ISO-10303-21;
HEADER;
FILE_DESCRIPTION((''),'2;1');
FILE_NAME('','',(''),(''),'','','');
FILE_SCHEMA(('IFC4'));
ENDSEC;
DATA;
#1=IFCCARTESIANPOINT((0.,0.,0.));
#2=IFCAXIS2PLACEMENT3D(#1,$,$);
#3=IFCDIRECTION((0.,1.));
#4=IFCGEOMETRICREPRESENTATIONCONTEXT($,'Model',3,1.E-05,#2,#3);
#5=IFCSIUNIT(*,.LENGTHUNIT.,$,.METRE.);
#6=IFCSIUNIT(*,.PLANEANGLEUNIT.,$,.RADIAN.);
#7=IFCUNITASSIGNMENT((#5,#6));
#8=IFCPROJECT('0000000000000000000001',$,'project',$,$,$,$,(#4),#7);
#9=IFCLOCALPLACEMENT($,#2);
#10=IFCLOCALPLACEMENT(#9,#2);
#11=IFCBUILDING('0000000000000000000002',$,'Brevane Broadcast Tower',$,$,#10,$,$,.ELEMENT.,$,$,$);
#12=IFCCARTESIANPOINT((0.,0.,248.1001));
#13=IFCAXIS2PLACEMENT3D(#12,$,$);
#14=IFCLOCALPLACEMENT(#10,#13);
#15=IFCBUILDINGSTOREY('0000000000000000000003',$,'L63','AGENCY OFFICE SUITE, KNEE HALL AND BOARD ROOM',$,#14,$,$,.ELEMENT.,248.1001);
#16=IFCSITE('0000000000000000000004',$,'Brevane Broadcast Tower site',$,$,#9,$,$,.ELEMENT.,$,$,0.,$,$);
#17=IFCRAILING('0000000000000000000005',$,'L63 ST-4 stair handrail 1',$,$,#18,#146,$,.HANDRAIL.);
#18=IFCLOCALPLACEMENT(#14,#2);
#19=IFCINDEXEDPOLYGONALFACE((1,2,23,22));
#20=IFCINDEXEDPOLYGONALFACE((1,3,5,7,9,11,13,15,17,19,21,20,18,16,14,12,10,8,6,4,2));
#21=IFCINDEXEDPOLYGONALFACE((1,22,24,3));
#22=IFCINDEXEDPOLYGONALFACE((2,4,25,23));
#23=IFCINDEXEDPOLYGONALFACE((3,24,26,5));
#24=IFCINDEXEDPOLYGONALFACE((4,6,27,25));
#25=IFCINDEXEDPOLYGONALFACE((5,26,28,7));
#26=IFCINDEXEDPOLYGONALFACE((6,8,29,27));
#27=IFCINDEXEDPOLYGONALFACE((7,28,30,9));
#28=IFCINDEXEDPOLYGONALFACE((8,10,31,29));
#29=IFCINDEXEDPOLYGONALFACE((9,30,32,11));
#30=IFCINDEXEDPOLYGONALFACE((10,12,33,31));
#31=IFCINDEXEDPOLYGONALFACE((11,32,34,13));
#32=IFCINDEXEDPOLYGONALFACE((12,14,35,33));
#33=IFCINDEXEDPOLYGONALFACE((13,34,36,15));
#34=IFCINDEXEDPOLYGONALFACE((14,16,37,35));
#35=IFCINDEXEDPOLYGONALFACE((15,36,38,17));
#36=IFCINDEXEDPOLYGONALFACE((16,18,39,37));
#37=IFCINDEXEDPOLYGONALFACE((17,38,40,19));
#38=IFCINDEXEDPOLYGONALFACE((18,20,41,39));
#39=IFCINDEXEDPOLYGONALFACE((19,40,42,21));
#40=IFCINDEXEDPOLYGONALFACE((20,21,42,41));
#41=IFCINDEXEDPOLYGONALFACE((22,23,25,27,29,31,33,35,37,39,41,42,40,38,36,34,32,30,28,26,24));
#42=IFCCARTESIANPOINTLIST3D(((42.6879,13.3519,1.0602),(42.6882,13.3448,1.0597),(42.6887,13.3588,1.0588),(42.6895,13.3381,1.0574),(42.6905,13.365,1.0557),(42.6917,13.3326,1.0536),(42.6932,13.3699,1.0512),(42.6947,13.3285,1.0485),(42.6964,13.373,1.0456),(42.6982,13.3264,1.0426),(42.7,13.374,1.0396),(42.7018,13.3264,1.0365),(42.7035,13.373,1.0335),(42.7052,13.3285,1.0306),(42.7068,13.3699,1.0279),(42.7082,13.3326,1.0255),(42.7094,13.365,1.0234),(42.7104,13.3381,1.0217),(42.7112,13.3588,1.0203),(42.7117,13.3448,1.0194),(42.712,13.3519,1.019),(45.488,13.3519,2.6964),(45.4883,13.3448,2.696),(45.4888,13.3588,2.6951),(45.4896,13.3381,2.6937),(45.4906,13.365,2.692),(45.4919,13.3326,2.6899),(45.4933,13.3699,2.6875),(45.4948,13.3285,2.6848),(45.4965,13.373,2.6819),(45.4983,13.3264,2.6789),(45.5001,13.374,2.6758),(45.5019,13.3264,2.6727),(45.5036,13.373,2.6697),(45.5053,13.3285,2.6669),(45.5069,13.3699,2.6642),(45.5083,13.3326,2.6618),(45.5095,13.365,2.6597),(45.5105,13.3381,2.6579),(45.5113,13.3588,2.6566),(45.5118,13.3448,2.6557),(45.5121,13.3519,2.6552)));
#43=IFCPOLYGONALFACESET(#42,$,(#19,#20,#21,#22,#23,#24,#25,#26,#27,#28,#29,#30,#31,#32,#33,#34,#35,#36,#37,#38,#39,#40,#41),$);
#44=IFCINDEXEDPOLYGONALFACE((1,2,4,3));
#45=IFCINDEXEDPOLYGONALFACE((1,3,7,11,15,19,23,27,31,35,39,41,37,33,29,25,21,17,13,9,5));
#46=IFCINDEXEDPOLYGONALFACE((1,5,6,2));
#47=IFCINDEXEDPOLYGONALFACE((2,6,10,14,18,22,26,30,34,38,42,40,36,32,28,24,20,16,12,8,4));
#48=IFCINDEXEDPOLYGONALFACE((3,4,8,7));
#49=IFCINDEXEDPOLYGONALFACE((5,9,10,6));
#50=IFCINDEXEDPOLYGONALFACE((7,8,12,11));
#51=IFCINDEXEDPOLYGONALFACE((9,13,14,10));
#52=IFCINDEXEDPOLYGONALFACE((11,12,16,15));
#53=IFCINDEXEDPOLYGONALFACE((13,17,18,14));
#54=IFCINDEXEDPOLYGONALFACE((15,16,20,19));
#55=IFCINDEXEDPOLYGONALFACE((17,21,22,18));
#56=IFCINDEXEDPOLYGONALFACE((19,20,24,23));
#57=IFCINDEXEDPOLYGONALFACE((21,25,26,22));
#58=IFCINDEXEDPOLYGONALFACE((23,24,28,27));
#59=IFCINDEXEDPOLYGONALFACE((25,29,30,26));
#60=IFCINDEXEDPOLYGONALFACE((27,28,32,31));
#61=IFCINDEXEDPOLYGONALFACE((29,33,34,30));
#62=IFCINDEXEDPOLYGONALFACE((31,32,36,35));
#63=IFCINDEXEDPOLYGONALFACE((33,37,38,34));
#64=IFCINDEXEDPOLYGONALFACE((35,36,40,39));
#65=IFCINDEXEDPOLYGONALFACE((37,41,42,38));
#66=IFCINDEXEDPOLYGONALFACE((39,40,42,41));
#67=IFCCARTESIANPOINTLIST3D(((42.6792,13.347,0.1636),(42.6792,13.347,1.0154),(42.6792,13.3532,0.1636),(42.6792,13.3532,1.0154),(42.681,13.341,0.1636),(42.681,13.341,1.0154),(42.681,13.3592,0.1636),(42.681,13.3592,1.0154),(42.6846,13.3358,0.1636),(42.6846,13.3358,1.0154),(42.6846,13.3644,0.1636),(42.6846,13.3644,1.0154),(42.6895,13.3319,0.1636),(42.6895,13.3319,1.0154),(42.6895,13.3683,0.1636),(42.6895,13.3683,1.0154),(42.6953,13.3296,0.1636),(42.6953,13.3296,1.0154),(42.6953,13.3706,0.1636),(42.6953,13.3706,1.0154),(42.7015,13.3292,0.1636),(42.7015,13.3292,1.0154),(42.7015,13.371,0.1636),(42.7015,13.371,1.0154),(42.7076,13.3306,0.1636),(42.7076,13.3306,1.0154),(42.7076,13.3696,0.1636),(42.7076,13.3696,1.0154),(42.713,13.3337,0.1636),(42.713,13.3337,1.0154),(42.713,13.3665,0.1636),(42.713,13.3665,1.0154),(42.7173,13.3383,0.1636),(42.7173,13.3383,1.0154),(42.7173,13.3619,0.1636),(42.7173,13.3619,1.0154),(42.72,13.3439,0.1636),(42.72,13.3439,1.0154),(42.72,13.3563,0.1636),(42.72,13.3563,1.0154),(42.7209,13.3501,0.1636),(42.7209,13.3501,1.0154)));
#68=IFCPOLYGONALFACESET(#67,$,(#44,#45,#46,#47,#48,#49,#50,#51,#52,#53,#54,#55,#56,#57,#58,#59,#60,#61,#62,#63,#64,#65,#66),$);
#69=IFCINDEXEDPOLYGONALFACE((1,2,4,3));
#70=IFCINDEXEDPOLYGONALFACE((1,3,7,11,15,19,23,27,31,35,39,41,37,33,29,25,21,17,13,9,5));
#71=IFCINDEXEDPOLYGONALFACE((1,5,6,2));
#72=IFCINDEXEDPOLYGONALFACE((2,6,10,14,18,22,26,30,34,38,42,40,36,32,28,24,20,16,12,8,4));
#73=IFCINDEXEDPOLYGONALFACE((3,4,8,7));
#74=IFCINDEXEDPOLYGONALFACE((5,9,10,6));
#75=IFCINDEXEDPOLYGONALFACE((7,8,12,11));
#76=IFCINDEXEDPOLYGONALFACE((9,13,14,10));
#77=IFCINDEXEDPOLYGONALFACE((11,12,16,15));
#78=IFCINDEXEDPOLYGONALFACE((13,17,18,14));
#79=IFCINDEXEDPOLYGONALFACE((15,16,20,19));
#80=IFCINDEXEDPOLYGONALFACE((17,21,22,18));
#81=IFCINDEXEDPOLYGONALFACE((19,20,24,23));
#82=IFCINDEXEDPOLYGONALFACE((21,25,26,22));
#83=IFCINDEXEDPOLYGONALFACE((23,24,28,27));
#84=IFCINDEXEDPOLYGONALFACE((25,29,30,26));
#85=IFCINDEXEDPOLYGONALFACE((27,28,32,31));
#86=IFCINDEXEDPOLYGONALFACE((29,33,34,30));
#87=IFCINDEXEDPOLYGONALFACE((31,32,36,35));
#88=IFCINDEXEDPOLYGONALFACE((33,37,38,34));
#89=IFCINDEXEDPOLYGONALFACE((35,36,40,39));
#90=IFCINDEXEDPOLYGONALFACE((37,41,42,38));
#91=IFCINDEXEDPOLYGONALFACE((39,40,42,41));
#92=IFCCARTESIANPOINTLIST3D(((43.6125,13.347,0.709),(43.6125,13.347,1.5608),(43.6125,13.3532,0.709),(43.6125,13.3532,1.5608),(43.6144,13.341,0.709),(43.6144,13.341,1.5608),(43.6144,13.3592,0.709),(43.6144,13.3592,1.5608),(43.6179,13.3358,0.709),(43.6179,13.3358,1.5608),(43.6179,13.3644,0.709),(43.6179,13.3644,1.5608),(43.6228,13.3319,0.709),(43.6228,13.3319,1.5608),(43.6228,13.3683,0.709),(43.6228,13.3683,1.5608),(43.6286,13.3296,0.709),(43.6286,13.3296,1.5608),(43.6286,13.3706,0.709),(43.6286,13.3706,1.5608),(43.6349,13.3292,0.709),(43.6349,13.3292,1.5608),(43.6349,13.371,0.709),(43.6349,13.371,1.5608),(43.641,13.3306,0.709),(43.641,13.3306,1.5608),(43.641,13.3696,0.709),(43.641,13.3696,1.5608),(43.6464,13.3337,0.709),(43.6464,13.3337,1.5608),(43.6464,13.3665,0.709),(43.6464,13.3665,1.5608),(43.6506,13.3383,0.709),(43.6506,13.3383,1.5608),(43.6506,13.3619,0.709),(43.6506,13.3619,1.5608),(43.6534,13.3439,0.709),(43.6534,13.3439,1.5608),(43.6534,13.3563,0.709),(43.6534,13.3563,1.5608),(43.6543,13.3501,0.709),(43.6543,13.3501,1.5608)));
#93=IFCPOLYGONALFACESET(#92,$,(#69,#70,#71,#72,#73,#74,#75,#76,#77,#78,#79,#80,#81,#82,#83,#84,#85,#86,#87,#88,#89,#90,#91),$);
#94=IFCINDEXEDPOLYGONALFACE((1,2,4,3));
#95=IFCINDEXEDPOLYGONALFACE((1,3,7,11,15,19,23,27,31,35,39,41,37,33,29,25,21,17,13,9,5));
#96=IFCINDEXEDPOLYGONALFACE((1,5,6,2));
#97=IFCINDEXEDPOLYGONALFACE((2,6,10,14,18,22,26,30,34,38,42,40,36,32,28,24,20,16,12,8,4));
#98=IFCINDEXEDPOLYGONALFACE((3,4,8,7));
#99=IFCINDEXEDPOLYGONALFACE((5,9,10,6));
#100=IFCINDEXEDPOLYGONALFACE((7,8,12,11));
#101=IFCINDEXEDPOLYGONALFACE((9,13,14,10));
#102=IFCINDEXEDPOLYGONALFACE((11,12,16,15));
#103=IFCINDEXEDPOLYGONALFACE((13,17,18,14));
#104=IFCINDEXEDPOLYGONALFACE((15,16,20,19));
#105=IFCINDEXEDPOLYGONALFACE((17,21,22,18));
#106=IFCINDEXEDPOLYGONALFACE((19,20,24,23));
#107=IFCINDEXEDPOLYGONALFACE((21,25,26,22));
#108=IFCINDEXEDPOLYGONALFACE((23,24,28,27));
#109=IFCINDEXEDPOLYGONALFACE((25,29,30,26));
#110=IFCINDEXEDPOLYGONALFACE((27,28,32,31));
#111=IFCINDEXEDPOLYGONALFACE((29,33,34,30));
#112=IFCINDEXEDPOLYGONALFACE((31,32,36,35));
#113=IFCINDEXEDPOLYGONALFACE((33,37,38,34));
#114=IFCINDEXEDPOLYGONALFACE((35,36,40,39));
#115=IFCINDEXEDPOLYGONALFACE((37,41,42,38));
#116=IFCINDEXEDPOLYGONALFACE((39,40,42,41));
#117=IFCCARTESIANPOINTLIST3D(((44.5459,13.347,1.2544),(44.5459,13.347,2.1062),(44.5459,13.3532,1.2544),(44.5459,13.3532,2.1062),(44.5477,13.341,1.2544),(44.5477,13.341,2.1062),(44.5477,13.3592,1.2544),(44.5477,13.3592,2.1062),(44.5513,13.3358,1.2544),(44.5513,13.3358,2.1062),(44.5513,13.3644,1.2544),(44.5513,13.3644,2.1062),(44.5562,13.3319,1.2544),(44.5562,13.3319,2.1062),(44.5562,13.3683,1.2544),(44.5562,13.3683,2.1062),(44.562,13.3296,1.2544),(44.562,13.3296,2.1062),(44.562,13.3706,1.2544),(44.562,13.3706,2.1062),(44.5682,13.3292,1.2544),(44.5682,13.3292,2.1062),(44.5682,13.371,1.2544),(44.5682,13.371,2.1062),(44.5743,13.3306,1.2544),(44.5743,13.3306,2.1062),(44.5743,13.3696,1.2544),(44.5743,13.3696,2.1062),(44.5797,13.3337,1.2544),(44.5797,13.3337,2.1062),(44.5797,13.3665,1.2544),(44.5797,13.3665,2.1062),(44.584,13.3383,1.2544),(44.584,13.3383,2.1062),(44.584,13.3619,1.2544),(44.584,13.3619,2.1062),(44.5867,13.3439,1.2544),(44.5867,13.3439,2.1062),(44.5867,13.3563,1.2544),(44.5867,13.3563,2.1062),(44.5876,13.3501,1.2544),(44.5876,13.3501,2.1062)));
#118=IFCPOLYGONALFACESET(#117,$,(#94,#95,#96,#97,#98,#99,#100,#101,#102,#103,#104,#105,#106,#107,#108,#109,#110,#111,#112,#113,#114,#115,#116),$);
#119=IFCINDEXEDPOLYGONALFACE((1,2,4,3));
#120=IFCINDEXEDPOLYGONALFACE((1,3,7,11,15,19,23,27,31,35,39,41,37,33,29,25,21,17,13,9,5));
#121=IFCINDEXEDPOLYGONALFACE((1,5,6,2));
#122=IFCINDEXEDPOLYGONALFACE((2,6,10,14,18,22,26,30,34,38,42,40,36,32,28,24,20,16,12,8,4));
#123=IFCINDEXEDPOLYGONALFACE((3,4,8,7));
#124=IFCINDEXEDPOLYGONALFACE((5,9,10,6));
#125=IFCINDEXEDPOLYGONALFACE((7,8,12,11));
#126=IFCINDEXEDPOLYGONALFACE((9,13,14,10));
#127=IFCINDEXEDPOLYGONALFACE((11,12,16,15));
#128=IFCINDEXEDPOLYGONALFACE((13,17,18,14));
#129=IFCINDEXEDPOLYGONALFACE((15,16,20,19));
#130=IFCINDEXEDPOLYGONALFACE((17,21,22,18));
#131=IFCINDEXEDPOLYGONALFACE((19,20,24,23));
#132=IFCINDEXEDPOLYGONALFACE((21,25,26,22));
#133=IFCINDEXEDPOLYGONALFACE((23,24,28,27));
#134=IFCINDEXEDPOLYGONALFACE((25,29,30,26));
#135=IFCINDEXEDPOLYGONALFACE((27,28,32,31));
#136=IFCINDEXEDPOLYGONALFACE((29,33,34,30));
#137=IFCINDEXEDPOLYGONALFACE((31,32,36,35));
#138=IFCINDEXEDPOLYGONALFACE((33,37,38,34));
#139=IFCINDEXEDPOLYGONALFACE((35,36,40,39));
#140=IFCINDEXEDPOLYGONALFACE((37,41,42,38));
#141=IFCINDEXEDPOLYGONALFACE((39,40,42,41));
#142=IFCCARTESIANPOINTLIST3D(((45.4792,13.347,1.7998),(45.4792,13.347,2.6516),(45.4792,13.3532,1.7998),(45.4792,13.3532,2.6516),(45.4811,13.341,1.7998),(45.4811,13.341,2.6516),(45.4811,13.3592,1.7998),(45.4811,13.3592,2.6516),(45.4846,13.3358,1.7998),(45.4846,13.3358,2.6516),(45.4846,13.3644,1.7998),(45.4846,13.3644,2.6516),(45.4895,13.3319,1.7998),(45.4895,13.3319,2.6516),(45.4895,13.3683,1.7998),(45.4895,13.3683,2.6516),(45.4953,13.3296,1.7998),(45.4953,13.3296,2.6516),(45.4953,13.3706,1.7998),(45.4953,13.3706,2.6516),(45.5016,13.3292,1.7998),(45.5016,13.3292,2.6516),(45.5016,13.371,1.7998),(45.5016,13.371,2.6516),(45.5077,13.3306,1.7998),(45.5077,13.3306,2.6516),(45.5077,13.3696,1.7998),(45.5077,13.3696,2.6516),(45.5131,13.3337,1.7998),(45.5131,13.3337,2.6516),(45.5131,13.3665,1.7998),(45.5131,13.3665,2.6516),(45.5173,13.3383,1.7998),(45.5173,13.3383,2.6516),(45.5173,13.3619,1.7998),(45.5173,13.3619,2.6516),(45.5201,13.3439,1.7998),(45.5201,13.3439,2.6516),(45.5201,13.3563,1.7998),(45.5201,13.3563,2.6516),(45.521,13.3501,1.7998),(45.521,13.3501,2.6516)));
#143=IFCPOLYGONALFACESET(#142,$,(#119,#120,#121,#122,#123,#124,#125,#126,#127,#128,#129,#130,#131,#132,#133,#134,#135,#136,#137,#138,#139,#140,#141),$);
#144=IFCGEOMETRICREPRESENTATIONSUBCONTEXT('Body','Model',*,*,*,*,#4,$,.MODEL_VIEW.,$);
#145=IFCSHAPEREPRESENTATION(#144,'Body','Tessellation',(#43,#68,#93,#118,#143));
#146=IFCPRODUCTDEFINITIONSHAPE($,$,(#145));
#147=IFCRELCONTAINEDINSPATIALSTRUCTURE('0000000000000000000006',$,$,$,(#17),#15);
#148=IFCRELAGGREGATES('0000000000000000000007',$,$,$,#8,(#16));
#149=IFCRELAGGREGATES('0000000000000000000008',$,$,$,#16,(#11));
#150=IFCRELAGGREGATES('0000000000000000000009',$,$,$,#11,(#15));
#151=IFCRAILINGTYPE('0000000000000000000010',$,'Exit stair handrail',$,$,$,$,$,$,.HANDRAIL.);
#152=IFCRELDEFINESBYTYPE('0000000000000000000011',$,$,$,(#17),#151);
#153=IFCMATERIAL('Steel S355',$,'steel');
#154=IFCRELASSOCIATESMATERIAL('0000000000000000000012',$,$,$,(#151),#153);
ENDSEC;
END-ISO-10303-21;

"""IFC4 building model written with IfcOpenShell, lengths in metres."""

from ifc_helpers import new_model, si_unit, direction, frame, origin, origin_2d, place, context, subcontext, project, spatial, circle, extrude, material, type_object, element, save


model = new_model("IFC4")

# Units and contexts
model_context = context("Model", 3, precision=1e-05, world=origin(), true_north=direction((0.0, 1.0)))
body_context = subcontext(model_context, "Body", "Model", "MODEL_VIEW")
ifc_project = project(units=[si_unit("LENGTHUNIT", "METRE"), si_unit("PLANEANGLEUNIT", "RADIAN")], contexts=[model_context])

# Site, building, storey
site_placement = place(None, origin())
site = spatial("IfcSite", under=ifc_project, at=site_placement, Name="Brevane Broadcast Tower site", CompositionType="ELEMENT", RefElevation=0.0)
building_placement = place(site_placement, origin())
building = spatial("IfcBuilding", under=site, at=building_placement, Name="Brevane Broadcast Tower", CompositionType="ELEMENT")
storey_placement = place(building_placement, frame((0.0, 0.0, 248.1001)))
storey = spatial("IfcBuildingStorey", under=building, at=storey_placement, Name="L63", Description="AGENCY OFFICE SUITE, KNEE HALL AND BOARD ROOM", CompositionType="ELEMENT", Elevation=248.1001)

# Railing
ifc_material_1 = material(Name="Steel S355", Category="steel")
railing_type_1 = type_object("IfcRailingType", Name="Exit stair handrail", PredefinedType="HANDRAIL", material=ifc_material_1)
railing_1_placement = place(storey_placement, frame((42.7, 13.3501, 0.1636)))
element("IfcRailing", 1, at=railing_1_placement, inside=storey, type_object=railing_type_1, Name="L63 ST-4 stair handrail 1", PredefinedType="HANDRAIL", context=body_context, shape_type="SweptSolid", body=[
    extrude(circle(Radius=0.0239, at=origin_2d()), frame((0.0, 0.0, 0.876), z_axis=(0.863394, 0.0, 0.504531), x_axis=(0.0, 1.0, 0.0)), (0.0, 0.0, 1.0), 3.2432),
    extrude(circle(Radius=0.021, at=origin_2d()), origin(), (0.0, 0.0, 1.0), 0.8518),
    extrude(circle(Radius=0.021, at=origin_2d()), frame((0.9333, 0.0, 0.5454)), (0.0, 0.0, 1.0), 0.8518),
    extrude(circle(Radius=0.021, at=origin_2d()), frame((1.8667, 0.0, 1.0908)), (0.0, 0.0, 1.0), 0.8518),
    extrude(circle(Radius=0.021, at=origin_2d()), frame((2.8, 0.0, 1.6362)), (0.0, 0.0, 1.0), 0.8518),
])

save(model, "model.ifc")
